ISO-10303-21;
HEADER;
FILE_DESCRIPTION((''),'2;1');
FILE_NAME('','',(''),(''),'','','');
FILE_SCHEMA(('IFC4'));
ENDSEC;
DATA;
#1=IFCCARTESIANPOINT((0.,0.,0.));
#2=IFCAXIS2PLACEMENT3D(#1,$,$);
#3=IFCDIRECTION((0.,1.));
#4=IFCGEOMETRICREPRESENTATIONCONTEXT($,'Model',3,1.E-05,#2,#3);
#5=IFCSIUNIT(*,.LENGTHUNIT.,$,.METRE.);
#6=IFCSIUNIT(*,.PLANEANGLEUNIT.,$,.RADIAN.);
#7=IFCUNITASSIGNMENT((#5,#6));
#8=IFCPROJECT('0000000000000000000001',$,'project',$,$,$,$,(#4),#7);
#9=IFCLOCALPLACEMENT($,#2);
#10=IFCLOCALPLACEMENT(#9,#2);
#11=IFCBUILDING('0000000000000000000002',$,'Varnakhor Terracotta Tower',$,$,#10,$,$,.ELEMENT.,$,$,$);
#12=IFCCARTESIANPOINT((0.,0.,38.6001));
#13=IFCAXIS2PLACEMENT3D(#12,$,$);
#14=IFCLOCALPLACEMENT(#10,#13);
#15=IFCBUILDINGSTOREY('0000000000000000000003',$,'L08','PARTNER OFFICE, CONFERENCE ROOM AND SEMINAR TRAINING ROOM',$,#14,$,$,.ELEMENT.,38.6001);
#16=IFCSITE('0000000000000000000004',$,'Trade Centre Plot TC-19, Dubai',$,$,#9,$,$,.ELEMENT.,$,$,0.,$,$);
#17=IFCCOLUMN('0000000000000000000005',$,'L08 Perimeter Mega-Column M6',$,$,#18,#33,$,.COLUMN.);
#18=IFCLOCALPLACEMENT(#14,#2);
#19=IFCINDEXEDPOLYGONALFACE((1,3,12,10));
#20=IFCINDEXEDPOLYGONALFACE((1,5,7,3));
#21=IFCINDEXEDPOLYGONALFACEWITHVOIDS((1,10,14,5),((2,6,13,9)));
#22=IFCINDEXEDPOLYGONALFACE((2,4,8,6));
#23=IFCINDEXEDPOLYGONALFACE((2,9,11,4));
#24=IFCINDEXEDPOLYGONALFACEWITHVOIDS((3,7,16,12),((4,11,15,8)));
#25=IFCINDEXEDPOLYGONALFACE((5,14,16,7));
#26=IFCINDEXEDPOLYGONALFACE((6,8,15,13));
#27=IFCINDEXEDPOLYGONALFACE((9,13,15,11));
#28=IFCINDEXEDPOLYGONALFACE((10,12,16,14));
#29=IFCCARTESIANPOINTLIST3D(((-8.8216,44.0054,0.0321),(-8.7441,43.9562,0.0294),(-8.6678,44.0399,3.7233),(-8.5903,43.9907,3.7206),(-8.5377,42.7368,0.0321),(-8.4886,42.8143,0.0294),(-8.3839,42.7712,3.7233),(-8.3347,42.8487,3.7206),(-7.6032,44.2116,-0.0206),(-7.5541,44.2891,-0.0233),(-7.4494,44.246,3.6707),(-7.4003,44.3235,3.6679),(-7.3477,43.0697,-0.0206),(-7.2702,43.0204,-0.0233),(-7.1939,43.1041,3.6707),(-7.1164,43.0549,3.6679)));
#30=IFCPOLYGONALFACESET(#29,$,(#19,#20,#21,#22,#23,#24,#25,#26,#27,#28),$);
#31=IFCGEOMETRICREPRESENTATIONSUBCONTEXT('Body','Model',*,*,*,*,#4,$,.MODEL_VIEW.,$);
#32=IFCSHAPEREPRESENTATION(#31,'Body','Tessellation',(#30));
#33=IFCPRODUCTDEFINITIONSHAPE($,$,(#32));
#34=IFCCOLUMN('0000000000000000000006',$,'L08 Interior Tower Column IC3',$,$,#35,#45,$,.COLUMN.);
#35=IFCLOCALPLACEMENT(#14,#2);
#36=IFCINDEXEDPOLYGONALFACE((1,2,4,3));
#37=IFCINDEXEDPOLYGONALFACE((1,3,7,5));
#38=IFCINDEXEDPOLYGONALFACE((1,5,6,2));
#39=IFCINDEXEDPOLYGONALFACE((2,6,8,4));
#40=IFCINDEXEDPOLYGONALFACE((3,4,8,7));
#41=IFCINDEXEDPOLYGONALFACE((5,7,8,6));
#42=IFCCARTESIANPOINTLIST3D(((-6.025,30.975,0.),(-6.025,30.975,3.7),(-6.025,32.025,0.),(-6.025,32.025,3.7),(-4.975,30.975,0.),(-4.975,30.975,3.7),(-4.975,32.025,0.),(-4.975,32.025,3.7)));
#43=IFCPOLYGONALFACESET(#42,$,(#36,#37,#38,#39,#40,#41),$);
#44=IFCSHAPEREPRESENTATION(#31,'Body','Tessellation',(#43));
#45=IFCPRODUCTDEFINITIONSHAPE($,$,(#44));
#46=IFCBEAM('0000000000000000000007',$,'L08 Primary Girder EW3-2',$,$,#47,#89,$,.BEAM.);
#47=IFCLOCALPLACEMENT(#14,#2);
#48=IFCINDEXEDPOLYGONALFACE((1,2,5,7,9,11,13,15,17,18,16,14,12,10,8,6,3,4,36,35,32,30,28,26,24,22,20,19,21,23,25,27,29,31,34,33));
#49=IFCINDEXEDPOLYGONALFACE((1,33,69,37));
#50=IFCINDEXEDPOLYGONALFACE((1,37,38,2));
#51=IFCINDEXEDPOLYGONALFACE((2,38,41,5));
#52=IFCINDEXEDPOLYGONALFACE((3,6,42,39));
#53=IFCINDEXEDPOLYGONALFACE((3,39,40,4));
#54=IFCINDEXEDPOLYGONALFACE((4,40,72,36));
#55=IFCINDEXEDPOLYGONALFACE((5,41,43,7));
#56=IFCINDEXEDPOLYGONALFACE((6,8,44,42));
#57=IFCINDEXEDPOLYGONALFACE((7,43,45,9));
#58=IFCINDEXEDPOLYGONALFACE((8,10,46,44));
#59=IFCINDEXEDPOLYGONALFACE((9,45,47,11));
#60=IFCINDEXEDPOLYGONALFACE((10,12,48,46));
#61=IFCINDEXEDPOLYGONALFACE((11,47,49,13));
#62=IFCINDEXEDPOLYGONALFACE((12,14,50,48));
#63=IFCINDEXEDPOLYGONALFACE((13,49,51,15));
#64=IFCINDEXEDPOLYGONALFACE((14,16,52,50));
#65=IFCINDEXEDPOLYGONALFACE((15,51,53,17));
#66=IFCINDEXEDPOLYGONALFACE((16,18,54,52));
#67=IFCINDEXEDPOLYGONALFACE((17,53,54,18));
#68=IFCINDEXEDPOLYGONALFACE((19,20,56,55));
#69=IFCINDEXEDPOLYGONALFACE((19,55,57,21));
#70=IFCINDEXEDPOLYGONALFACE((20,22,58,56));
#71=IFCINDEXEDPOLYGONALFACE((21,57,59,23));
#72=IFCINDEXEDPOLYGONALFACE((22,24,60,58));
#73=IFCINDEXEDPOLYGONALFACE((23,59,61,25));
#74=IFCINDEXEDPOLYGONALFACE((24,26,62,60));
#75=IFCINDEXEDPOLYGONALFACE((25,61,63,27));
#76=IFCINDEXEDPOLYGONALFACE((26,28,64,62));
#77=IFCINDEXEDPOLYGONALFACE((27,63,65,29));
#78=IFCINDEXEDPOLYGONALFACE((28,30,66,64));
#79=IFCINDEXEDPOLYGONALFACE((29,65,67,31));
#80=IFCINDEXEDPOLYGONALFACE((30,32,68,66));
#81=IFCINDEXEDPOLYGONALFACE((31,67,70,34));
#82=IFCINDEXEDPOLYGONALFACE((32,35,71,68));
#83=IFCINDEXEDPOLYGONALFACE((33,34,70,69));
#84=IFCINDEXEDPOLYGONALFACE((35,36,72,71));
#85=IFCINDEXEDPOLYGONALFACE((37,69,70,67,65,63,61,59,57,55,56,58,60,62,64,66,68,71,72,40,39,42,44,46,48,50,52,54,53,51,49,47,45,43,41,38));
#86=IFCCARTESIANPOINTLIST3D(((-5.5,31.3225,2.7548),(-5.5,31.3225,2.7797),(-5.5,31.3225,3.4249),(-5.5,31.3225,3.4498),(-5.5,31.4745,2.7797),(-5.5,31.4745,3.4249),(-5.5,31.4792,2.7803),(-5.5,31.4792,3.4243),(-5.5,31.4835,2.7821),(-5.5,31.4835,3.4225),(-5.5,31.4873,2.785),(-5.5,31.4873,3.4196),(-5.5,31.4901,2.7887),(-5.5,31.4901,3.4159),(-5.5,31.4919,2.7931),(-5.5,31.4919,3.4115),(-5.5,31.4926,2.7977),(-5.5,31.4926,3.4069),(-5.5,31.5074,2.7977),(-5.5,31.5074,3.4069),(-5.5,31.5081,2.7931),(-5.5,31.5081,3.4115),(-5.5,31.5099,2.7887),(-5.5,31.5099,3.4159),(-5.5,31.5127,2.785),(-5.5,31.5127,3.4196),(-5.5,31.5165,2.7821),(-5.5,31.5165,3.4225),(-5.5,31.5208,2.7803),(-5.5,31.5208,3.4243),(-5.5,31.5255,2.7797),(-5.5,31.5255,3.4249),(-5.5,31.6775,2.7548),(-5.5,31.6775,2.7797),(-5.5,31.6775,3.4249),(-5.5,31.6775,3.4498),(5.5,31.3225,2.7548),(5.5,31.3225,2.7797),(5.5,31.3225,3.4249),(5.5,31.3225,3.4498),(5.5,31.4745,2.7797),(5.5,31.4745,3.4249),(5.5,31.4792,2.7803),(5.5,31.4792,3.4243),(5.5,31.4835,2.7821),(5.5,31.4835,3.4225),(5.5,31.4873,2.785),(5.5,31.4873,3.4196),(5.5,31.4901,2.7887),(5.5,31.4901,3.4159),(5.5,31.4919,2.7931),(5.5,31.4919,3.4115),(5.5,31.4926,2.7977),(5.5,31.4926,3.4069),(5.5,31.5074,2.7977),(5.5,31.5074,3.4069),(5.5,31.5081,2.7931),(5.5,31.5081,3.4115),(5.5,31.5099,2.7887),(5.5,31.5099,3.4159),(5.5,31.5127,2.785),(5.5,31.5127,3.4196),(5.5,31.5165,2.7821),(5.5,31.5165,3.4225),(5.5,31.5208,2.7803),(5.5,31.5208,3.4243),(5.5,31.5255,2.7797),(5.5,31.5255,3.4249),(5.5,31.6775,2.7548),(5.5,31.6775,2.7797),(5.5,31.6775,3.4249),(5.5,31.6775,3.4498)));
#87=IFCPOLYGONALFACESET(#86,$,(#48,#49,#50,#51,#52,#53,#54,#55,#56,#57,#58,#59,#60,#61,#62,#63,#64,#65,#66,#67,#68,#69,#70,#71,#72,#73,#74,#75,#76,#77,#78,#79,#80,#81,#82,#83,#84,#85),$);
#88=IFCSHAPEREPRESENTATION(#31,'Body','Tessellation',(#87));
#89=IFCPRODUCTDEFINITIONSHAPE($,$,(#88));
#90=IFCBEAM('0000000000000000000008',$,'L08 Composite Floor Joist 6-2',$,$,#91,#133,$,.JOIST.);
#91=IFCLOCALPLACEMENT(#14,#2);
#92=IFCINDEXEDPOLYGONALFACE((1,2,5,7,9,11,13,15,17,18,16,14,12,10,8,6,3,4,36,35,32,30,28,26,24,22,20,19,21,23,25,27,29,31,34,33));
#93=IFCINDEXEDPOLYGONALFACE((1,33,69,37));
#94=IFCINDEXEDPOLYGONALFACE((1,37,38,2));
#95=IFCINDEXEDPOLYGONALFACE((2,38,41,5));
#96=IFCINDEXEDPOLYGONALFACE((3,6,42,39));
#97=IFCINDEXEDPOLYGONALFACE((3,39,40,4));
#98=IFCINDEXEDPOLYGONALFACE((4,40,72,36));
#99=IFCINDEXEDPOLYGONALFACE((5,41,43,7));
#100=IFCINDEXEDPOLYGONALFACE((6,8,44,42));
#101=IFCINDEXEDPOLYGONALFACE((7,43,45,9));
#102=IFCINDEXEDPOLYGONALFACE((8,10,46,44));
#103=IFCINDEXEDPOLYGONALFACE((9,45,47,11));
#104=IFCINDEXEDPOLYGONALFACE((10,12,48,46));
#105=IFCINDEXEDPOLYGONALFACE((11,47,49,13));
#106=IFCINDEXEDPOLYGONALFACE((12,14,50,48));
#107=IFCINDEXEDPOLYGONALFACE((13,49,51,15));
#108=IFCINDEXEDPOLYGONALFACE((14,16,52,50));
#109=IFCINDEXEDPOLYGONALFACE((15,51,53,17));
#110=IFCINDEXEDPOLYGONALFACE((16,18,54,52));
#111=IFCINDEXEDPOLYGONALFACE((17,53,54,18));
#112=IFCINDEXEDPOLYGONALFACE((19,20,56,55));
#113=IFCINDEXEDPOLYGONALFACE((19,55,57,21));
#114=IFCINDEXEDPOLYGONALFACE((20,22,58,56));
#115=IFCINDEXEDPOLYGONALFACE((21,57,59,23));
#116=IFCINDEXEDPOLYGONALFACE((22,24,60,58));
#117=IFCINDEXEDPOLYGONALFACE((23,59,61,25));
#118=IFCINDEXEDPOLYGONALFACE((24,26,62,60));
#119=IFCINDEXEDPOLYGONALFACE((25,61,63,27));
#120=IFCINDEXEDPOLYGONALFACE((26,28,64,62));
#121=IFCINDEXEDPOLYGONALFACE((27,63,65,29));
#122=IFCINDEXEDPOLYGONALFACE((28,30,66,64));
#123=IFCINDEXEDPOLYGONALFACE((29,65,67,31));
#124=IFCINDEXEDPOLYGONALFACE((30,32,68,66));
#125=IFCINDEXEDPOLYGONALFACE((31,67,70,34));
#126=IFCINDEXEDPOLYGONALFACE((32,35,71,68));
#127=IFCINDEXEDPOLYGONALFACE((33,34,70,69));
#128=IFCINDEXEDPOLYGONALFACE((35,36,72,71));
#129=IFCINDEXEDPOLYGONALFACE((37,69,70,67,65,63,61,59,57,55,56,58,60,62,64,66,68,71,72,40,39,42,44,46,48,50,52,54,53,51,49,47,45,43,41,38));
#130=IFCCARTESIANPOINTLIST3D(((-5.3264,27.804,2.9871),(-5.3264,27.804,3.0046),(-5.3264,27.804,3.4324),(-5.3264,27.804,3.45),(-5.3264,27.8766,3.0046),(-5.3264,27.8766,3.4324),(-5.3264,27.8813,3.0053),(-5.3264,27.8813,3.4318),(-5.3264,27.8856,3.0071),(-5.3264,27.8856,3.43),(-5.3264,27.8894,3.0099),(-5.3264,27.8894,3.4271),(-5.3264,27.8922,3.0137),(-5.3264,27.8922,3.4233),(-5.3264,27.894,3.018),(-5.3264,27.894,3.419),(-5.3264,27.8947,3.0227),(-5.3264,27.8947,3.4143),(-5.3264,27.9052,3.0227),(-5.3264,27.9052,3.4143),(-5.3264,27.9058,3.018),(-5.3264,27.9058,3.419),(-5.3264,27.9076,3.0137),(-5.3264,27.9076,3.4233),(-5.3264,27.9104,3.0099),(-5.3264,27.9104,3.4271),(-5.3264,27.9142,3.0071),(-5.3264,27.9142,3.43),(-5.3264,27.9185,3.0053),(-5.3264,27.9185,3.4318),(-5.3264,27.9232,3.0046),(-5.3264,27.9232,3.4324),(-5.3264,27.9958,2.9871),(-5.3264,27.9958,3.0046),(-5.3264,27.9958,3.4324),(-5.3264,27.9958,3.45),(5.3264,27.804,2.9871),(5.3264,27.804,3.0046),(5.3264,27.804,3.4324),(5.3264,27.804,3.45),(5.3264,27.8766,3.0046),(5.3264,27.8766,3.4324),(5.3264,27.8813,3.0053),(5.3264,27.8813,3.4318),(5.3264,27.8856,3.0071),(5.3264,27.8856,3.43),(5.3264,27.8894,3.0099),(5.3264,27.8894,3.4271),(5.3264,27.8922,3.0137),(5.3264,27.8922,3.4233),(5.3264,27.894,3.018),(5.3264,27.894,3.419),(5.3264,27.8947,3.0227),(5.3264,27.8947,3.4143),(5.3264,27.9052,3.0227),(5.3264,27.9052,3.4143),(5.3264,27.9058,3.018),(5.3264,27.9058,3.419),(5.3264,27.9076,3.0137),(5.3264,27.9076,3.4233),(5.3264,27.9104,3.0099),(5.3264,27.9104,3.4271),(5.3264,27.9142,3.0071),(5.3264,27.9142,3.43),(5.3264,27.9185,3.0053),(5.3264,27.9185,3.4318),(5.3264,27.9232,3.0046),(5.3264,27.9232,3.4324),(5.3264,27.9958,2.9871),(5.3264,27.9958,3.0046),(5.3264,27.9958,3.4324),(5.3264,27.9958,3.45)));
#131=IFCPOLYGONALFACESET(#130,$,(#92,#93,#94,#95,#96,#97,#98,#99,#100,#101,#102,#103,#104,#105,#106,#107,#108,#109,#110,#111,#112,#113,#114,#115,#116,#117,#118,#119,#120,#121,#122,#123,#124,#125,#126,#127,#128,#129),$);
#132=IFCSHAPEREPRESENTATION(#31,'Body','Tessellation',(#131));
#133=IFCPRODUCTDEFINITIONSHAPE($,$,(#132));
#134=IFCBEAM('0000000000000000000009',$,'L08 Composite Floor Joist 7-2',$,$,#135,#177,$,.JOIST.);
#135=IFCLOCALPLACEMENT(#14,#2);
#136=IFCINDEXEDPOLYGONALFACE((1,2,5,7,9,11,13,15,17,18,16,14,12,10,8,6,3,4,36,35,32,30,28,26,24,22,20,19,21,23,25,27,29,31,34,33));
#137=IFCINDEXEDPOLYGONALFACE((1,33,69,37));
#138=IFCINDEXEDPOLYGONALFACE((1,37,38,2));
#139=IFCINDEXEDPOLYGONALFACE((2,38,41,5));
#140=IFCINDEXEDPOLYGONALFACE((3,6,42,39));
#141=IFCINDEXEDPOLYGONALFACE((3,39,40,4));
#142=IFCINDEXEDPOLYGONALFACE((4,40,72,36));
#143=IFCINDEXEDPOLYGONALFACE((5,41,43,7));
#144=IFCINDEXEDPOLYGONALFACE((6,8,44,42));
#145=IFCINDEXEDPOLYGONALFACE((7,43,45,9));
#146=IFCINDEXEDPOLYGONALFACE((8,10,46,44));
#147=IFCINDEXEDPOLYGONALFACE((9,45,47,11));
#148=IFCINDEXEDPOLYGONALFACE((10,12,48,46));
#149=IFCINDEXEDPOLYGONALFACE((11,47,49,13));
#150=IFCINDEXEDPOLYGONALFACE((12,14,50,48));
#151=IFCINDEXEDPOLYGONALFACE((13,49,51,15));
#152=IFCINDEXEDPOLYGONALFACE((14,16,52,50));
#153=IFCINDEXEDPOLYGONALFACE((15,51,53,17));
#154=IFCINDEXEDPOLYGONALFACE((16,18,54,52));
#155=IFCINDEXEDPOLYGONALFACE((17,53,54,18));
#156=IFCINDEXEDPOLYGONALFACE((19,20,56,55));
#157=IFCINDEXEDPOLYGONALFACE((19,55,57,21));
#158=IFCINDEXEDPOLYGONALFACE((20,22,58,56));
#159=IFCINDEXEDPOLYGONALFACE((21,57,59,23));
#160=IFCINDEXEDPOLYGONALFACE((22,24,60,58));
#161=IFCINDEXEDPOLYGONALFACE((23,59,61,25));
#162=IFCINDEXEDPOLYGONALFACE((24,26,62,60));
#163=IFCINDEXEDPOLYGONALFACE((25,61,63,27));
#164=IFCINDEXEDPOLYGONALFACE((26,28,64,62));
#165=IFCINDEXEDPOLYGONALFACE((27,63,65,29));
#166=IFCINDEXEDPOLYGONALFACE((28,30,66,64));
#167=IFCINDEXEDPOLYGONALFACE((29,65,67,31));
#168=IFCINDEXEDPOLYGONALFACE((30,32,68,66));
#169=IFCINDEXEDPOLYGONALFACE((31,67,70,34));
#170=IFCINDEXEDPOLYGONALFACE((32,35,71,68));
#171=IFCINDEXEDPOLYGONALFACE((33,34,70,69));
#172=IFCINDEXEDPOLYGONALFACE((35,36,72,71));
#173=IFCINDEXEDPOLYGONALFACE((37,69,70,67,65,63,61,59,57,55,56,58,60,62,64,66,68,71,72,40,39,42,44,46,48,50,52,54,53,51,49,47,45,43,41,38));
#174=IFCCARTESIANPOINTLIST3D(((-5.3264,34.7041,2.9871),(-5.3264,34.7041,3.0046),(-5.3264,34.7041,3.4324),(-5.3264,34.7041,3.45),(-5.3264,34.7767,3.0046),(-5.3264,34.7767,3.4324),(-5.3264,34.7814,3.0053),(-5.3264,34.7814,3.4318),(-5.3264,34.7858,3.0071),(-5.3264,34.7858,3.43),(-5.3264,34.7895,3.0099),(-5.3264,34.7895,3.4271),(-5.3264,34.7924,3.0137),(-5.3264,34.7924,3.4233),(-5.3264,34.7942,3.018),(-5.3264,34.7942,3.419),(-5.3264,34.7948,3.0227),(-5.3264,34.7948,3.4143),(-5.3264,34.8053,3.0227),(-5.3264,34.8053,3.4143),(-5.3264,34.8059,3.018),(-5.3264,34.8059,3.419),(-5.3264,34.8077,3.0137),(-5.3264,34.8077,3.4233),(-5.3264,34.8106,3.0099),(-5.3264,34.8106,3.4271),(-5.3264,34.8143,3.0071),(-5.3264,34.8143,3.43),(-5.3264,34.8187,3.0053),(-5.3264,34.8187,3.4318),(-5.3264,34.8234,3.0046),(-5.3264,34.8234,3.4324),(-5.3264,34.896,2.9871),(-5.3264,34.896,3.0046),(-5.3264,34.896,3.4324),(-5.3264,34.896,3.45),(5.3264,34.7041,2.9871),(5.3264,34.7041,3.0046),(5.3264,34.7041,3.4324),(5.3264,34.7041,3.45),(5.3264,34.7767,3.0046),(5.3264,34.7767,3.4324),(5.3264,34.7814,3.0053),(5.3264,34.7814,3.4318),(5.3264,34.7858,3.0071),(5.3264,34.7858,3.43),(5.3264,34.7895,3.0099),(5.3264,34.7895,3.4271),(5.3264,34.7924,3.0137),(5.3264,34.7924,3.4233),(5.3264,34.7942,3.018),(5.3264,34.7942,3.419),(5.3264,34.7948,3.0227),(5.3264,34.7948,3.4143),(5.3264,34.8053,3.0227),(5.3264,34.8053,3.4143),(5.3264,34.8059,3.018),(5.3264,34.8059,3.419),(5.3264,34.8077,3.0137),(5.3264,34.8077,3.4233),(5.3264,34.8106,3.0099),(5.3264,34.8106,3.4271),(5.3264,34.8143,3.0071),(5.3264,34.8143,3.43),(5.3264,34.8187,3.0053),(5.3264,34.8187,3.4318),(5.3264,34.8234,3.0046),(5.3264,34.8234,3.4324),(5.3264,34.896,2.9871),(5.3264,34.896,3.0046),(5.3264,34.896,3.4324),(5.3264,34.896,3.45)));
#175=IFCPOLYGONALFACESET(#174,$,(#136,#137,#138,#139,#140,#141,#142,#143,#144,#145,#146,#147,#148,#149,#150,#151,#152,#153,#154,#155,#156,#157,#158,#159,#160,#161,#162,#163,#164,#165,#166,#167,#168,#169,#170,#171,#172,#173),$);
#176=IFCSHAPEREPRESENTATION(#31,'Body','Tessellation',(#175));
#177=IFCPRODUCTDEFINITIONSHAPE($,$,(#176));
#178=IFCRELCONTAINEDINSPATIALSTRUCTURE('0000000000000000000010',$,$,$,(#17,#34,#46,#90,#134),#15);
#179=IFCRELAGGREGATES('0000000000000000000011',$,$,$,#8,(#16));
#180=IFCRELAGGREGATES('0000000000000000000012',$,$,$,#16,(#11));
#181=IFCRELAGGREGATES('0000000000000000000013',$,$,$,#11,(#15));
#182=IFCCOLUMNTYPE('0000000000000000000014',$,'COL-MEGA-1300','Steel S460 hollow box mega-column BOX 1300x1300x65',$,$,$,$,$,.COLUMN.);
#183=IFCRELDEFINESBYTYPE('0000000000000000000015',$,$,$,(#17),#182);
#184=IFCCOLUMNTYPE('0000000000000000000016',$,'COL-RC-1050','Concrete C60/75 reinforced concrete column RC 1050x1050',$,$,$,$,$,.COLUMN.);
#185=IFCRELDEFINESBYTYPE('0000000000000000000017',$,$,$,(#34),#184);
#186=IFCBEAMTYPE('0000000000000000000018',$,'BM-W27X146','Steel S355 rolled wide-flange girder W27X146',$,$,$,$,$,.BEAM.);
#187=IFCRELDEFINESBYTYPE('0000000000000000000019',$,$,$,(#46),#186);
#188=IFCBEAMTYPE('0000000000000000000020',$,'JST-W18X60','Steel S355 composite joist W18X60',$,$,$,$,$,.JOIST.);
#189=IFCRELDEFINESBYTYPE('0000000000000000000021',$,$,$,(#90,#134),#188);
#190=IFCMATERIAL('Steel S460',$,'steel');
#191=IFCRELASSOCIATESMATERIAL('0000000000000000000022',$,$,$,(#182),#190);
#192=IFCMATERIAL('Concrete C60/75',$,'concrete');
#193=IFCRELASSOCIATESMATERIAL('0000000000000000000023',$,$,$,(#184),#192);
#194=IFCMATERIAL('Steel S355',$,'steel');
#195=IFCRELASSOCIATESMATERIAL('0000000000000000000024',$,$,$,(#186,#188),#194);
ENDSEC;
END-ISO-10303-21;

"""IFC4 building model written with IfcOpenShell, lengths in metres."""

from ifc_helpers import new_model, si_unit, direction, frame, origin, origin_2d, place, context, subcontext, project, spatial, rectangle, hollow_rectangle, i_section, extrude, source, transform, mapped, material, material_profile, profile_set, type_object, element, save


model = new_model("IFC4")

# Units and contexts
model_context = context("Model", 3, precision=1e-05, world=origin(), true_north=direction((0.0, 1.0)))
body_context = subcontext(model_context, "Body", "Model", "MODEL_VIEW")
ifc_project = project(units=[si_unit("LENGTHUNIT", "METRE"), si_unit("PLANEANGLEUNIT", "RADIAN")], contexts=[model_context])

# Site, building, storey
site_placement = place(None, origin())
site = spatial("IfcSite", under=ifc_project, at=site_placement, Name="Trade Centre Plot TC-19, Dubai", CompositionType="ELEMENT", RefElevation=0.0)
building_placement = place(site_placement, origin())
building = spatial("IfcBuilding", under=site, at=building_placement, Name="Varnakhor Terracotta Tower", CompositionType="ELEMENT")
storey_placement = place(building_placement, frame((0.0, 0.0, 38.6001)))
storey = spatial("IfcBuildingStorey", under=building, at=storey_placement, Name="L08", Description="PARTNER OFFICE, CONFERENCE ROOM AND SEMINAR TRAINING ROOM", CompositionType="ELEMENT", Elevation=38.6001)

# Columns
ifc_material_1 = material(Name="Steel S460", Category="steel")
ifc_material_profile_1 = material_profile(ifc_material_1, hollow_rectangle(XDim=1.3, YDim=1.3, WallThickness=0.0649, at=origin_2d()), Name="BOX 1300x1300x65")
ifc_profile_set_1 = profile_set([ifc_material_profile_1], Name="Steel S460")
column_type_1 = type_object("IfcColumnType", Name="COL-MEGA-1300", Description="Steel S460 hollow box mega-column BOX 1300x1300x65", PredefinedType="COLUMN", material=ifc_profile_set_1)
shared_shape_1 = source(origin(), body_context, "Body", "SweptSolid", [
    extrude(hollow_rectangle(XDim=1.3, YDim=1.3, WallThickness=0.0649, at=origin_2d()), origin(), (0.0, 0.0, 1.0), 3.6946),
])
column_1_placement = place(storey_placement, frame((-8.0459, 43.5129, 0.0044), z_axis=(0.041631, 0.009318, 0.99909), x_axis=(-0.218406, 0.975858, 0.0)))
element("IfcColumn", 1, at=column_1_placement, inside=storey, type_object=column_type_1, Name="L08 Perimeter Mega-Column M6", PredefinedType="COLUMN", context=body_context, shape_type="MappedRepresentation", body=[
    mapped(shared_shape_1, transform((0.0, 0.0, 0.0), scale=1.0)),
])
ifc_material_2 = material(Name="Concrete C60/75", Category="concrete")
ifc_material_profile_2 = material_profile(ifc_material_2, rectangle(XDim=1.05, YDim=1.05, at=origin_2d()), Name="RC 1050x1050")
ifc_profile_set_2 = profile_set([ifc_material_profile_2], Name="Concrete C60/75")
column_type_2 = type_object("IfcColumnType", Name="COL-RC-1050", Description="Concrete C60/75 reinforced concrete column RC 1050x1050", PredefinedType="COLUMN", material=ifc_profile_set_2)
shared_shape_2 = source(origin(), body_context, "Body", "SweptSolid", [
    extrude(rectangle(XDim=1.05, YDim=1.05, at=origin_2d()), origin(), (0.0, 0.0, 1.0), 3.7),
])
column_2_placement = place(storey_placement, frame((-5.5, 31.5, 0.0), z_axis=(0.0, 0.0, 1.0), x_axis=(1.0, 0.0, 0.0)))
element("IfcColumn", 2, at=column_2_placement, inside=storey, type_object=column_type_2, Name="L08 Interior Tower Column IC3", PredefinedType="COLUMN", context=body_context, shape_type="MappedRepresentation", body=[
    mapped(shared_shape_2, transform((0.0, 0.0, 0.0), scale=1.0)),
])

# Beams
ifc_material_3 = material(Name="Steel S355", Category="steel")
ifc_material_profile_3 = material_profile(ifc_material_3, i_section(OverallWidth=0.355, OverallDepth=0.6951, WebThickness=0.0149, FlangeThickness=0.0249, FilletRadius=0.0181, at=origin_2d()), Name="W27X146")
ifc_profile_set_3 = profile_set([ifc_material_profile_3], Name="Steel S355")
beam_type_1 = type_object("IfcBeamType", Name="BM-W27X146", Description="Steel S355 rolled wide-flange girder W27X146", PredefinedType="BEAM", material=ifc_profile_set_3)
shared_shape_3 = source(origin(), body_context, "Body", "SweptSolid", [
    extrude(i_section(OverallWidth=0.355, OverallDepth=0.6951, WebThickness=0.0149, FlangeThickness=0.0249, FilletRadius=0.0181, at=origin_2d()), origin(), (0.0, 0.0, 1.0), 11.0),
])
beam_1_placement = place(storey_placement, frame((-5.5, 31.5, 3.1023), z_axis=(1.0, 0.0, 0.0), x_axis=(0.0, 1.0, 0.0)))
element("IfcBeam", 3, at=beam_1_placement, inside=storey, type_object=beam_type_1, Name="L08 Primary Girder EW3-2", PredefinedType="BEAM", context=body_context, shape_type="MappedRepresentation", body=[
    mapped(shared_shape_3, transform((0.0, 0.0, 0.0), scale=1.0)),
])
ifc_material_profile_4 = material_profile(ifc_material_3, i_section(OverallWidth=0.1919, OverallDepth=0.4629, WebThickness=0.0105, FlangeThickness=0.0176, FilletRadius=0.0181, at=origin_2d()), Name="W18X60")
ifc_profile_set_4 = profile_set([ifc_material_profile_4], Name="Steel S355")
beam_type_2 = type_object("IfcBeamType", Name="JST-W18X60", Description="Steel S355 composite joist W18X60", PredefinedType="JOIST", material=ifc_profile_set_4)
shared_shape_4 = source(origin(), body_context, "Body", "SweptSolid", [
    extrude(i_section(OverallWidth=0.1919, OverallDepth=0.4629, WebThickness=0.0105, FlangeThickness=0.0176, FilletRadius=0.0181, at=origin_2d()), origin(), (0.0, 0.0, 1.0), 10.6528),
])
for number, where, z_axis, x_axis, name in (
    (4, (-5.3264, 27.8999, 3.2185), (1.0, 0.0, 0.0), (0.0, 1.0, 0.0), "L08 Composite Floor Joist 6-2"),
    (5, (-5.3264, 34.8, 3.2185), (1.0, 0.0, 0.0), (0.0, 1.0, 0.0), "L08 Composite Floor Joist 7-2"),
):
    element("IfcBeam", number, at=place(storey_placement, frame(where, z_axis=z_axis, x_axis=x_axis)), inside=storey, type_object=beam_type_2, Name=name, PredefinedType="JOIST", context=body_context, shape_type="MappedRepresentation", body=[
        mapped(shared_shape_4, transform((0.0, 0.0, 0.0), scale=1.0)),
    ])

save(model, "model.ifc")
